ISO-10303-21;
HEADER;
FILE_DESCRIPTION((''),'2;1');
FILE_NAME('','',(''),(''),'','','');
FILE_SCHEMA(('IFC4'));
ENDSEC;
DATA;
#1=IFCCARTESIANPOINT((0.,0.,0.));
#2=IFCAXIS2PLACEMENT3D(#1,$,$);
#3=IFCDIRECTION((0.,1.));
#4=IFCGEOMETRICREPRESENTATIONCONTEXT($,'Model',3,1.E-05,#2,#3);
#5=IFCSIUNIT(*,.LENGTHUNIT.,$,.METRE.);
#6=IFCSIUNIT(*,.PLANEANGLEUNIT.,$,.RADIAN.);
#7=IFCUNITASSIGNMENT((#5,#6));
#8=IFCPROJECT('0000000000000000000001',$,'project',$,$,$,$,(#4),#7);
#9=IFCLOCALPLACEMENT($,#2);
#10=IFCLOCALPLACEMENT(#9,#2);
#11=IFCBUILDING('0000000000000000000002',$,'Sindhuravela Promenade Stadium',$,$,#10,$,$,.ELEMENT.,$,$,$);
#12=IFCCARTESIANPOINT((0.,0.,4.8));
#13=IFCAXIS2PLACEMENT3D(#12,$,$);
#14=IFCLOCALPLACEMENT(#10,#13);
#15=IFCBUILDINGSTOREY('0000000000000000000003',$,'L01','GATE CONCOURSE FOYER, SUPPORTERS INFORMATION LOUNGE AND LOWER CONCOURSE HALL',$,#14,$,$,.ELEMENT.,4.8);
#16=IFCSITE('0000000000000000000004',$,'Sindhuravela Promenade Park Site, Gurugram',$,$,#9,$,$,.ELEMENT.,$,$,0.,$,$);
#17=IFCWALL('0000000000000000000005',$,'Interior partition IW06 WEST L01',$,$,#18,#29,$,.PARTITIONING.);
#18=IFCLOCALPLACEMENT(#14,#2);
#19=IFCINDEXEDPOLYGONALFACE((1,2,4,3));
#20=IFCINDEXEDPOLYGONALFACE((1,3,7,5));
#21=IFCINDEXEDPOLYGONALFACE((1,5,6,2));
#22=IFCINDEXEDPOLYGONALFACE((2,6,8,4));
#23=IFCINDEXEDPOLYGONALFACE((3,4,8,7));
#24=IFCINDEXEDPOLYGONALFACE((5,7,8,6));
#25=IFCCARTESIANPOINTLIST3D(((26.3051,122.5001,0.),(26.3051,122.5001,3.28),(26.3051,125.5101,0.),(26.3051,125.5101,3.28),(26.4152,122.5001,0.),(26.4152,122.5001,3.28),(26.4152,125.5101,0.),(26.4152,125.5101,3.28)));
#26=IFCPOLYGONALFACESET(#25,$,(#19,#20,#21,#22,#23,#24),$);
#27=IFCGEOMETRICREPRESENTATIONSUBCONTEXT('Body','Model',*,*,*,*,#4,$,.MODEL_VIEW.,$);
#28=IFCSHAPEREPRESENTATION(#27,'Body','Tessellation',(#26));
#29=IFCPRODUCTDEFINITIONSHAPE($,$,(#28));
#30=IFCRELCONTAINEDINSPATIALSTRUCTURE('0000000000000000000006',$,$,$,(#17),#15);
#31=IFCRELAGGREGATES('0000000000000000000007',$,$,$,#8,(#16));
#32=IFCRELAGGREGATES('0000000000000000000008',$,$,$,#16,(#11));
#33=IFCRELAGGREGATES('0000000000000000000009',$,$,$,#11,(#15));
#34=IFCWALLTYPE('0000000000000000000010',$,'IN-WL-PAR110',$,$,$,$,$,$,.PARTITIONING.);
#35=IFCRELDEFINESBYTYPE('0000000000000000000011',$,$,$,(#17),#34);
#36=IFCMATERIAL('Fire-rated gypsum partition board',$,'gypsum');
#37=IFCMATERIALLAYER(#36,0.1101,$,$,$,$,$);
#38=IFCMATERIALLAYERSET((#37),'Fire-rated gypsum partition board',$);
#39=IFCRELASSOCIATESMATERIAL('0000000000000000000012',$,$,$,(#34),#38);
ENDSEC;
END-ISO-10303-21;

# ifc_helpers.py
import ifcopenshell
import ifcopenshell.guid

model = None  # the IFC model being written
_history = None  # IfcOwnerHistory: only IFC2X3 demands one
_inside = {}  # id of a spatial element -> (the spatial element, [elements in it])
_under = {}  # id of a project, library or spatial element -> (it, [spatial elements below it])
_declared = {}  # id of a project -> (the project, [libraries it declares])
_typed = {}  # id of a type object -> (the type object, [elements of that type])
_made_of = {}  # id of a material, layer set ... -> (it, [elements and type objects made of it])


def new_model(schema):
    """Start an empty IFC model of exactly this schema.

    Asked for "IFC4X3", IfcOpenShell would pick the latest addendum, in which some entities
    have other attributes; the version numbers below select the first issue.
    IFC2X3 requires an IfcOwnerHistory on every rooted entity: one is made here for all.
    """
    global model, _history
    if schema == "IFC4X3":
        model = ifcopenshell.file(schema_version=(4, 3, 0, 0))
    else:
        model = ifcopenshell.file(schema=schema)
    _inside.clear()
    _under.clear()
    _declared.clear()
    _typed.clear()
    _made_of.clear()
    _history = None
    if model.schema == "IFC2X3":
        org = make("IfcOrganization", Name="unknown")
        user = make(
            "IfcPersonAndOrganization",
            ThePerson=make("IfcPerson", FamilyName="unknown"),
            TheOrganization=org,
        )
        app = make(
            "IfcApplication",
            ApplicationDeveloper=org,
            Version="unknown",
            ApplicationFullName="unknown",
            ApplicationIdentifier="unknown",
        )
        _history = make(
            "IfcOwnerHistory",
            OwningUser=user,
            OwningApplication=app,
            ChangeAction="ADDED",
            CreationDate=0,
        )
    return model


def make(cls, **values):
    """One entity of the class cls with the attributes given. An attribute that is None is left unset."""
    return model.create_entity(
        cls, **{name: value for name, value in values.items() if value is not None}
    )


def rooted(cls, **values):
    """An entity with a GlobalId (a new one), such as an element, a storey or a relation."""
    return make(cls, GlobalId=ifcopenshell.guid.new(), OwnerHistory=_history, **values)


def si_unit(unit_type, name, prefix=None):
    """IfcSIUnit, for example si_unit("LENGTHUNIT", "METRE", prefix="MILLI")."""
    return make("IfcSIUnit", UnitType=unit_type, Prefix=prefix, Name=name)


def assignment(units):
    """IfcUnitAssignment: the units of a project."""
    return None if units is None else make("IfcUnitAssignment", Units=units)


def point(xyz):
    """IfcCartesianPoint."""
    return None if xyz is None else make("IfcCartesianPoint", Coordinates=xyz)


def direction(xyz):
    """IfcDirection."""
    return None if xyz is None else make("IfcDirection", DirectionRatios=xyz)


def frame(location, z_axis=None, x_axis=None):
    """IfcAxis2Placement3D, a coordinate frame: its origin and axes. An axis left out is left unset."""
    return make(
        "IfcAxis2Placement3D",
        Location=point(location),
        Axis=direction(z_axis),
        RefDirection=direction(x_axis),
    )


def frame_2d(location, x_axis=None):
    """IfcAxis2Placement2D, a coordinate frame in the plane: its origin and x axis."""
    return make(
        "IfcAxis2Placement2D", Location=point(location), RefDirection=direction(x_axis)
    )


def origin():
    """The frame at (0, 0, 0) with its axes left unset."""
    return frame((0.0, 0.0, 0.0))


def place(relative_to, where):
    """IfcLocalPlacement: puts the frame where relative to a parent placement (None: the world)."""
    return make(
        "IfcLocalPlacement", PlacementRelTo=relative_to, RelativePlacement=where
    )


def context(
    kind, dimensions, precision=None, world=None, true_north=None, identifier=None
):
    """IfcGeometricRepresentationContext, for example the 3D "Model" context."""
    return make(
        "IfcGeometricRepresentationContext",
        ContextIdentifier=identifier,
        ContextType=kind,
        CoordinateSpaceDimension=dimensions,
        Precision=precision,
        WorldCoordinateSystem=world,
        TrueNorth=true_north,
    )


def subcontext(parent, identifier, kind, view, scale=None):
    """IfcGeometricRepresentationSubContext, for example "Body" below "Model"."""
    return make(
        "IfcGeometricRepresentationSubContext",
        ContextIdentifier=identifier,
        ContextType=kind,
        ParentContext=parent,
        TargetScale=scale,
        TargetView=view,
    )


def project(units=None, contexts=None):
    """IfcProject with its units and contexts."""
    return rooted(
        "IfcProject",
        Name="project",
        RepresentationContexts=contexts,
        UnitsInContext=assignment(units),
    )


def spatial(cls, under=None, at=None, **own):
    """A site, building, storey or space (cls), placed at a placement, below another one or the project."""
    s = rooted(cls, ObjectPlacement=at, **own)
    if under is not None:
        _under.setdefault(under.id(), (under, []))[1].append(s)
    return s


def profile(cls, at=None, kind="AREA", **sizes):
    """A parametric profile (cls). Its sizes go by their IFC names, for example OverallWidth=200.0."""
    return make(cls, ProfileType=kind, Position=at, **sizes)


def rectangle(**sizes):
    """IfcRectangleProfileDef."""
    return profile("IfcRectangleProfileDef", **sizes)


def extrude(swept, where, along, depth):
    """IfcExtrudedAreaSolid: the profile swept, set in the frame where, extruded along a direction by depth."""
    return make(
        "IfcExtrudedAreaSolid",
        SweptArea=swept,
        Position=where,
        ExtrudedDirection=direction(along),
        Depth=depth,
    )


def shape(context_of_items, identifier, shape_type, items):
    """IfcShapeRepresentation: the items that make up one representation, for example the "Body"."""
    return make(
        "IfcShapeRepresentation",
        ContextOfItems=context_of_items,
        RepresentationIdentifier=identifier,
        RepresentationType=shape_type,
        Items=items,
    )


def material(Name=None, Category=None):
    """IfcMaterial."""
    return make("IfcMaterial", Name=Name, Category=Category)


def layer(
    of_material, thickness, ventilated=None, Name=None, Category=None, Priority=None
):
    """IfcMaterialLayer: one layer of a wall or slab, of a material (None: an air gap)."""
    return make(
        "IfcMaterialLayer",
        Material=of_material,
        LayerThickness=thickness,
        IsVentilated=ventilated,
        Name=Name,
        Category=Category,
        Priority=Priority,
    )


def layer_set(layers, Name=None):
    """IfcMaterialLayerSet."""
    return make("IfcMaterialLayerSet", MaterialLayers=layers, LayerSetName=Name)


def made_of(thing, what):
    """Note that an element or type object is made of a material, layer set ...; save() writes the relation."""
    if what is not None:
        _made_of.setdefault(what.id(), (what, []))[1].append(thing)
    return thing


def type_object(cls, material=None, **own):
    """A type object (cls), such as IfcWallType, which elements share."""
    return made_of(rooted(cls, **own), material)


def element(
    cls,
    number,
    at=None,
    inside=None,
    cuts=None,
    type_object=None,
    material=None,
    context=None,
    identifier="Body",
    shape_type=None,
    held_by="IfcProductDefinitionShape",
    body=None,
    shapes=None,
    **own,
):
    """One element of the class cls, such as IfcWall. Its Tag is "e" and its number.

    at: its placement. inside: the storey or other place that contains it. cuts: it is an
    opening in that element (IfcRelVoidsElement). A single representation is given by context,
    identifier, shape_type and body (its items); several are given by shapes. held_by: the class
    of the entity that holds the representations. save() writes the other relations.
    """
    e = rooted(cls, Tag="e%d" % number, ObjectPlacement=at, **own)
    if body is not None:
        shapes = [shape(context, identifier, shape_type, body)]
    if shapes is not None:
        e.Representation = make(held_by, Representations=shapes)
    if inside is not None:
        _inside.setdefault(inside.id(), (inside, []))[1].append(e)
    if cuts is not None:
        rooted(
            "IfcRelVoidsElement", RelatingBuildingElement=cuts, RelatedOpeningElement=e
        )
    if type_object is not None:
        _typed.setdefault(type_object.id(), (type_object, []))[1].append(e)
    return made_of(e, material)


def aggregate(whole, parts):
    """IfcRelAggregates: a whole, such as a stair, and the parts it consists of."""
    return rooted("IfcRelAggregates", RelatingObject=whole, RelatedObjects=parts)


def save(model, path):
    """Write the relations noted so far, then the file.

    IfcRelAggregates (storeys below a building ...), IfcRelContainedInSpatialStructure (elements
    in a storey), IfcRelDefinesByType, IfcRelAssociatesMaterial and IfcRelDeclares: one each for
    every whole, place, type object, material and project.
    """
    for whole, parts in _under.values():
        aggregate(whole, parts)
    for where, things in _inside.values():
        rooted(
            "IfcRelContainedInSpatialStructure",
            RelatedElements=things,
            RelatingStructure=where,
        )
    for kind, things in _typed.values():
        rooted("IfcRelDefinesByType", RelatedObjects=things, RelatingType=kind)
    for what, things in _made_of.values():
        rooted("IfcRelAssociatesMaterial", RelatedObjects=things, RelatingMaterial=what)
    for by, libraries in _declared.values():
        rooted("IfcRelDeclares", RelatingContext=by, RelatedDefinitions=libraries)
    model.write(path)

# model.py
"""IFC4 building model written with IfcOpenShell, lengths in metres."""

from ifc_helpers import new_model, si_unit, direction, frame, frame_2d, origin, place, context, subcontext, project, spatial, rectangle, extrude, material, layer, layer_set, type_object, element, save


model = new_model("IFC4")

# Units and contexts
model_context = context("Model", 3, precision=1e-05, world=origin(), true_north=direction((0.0, 1.0)))
body_context = subcontext(model_context, "Body", "Model", "MODEL_VIEW")
ifc_project = project(units=[si_unit("LENGTHUNIT", "METRE"), si_unit("PLANEANGLEUNIT", "RADIAN")], contexts=[model_context])

# Site, building, storey
site_placement = place(None, origin())
site = spatial("IfcSite", under=ifc_project, at=site_placement, Name="Sindhuravela Promenade Park Site, Gurugram", CompositionType="ELEMENT", RefElevation=0.0)
building_placement = place(site_placement, origin())
building = spatial("IfcBuilding", under=site, at=building_placement, Name="Sindhuravela Promenade Stadium", CompositionType="ELEMENT")
storey_placement = place(building_placement, frame((0.0, 0.0, 4.8)))
storey = spatial("IfcBuildingStorey", under=building, at=storey_placement, Name="L01", Description="GATE CONCOURSE FOYER, SUPPORTERS INFORMATION LOUNGE AND LOWER CONCOURSE HALL", CompositionType="ELEMENT", Elevation=4.8)

# Wall
ifc_material_1 = material(Name="Fire-rated gypsum partition board", Category="gypsum")
ifc_layer_1 = layer(ifc_material_1, 0.1101)
ifc_layer_set_1 = layer_set([ifc_layer_1], Name="Fire-rated gypsum partition board")
wall_type_1 = type_object("IfcWallType", Name="IN-WL-PAR110", PredefinedType="PARTITIONING", material=ifc_layer_set_1)
wall_1_placement = place(storey_placement, frame((26.3601, 125.51, 0.0), z_axis=(0.0, 0.0, 1.0), x_axis=(0.0, -1.0, 0.0)))
element("IfcWall", 1, at=wall_1_placement, inside=storey, type_object=wall_type_1, Name="Interior partition IW06 WEST L01", PredefinedType="PARTITIONING", context=body_context, shape_type="SweptSolid", body=[
    extrude(rectangle(XDim=3.01, YDim=0.1101, at=frame_2d((1.5049, 0.0))), origin(), (0.0, 0.0, 1.0), 3.28),
])

save(model, "model.ifc")
